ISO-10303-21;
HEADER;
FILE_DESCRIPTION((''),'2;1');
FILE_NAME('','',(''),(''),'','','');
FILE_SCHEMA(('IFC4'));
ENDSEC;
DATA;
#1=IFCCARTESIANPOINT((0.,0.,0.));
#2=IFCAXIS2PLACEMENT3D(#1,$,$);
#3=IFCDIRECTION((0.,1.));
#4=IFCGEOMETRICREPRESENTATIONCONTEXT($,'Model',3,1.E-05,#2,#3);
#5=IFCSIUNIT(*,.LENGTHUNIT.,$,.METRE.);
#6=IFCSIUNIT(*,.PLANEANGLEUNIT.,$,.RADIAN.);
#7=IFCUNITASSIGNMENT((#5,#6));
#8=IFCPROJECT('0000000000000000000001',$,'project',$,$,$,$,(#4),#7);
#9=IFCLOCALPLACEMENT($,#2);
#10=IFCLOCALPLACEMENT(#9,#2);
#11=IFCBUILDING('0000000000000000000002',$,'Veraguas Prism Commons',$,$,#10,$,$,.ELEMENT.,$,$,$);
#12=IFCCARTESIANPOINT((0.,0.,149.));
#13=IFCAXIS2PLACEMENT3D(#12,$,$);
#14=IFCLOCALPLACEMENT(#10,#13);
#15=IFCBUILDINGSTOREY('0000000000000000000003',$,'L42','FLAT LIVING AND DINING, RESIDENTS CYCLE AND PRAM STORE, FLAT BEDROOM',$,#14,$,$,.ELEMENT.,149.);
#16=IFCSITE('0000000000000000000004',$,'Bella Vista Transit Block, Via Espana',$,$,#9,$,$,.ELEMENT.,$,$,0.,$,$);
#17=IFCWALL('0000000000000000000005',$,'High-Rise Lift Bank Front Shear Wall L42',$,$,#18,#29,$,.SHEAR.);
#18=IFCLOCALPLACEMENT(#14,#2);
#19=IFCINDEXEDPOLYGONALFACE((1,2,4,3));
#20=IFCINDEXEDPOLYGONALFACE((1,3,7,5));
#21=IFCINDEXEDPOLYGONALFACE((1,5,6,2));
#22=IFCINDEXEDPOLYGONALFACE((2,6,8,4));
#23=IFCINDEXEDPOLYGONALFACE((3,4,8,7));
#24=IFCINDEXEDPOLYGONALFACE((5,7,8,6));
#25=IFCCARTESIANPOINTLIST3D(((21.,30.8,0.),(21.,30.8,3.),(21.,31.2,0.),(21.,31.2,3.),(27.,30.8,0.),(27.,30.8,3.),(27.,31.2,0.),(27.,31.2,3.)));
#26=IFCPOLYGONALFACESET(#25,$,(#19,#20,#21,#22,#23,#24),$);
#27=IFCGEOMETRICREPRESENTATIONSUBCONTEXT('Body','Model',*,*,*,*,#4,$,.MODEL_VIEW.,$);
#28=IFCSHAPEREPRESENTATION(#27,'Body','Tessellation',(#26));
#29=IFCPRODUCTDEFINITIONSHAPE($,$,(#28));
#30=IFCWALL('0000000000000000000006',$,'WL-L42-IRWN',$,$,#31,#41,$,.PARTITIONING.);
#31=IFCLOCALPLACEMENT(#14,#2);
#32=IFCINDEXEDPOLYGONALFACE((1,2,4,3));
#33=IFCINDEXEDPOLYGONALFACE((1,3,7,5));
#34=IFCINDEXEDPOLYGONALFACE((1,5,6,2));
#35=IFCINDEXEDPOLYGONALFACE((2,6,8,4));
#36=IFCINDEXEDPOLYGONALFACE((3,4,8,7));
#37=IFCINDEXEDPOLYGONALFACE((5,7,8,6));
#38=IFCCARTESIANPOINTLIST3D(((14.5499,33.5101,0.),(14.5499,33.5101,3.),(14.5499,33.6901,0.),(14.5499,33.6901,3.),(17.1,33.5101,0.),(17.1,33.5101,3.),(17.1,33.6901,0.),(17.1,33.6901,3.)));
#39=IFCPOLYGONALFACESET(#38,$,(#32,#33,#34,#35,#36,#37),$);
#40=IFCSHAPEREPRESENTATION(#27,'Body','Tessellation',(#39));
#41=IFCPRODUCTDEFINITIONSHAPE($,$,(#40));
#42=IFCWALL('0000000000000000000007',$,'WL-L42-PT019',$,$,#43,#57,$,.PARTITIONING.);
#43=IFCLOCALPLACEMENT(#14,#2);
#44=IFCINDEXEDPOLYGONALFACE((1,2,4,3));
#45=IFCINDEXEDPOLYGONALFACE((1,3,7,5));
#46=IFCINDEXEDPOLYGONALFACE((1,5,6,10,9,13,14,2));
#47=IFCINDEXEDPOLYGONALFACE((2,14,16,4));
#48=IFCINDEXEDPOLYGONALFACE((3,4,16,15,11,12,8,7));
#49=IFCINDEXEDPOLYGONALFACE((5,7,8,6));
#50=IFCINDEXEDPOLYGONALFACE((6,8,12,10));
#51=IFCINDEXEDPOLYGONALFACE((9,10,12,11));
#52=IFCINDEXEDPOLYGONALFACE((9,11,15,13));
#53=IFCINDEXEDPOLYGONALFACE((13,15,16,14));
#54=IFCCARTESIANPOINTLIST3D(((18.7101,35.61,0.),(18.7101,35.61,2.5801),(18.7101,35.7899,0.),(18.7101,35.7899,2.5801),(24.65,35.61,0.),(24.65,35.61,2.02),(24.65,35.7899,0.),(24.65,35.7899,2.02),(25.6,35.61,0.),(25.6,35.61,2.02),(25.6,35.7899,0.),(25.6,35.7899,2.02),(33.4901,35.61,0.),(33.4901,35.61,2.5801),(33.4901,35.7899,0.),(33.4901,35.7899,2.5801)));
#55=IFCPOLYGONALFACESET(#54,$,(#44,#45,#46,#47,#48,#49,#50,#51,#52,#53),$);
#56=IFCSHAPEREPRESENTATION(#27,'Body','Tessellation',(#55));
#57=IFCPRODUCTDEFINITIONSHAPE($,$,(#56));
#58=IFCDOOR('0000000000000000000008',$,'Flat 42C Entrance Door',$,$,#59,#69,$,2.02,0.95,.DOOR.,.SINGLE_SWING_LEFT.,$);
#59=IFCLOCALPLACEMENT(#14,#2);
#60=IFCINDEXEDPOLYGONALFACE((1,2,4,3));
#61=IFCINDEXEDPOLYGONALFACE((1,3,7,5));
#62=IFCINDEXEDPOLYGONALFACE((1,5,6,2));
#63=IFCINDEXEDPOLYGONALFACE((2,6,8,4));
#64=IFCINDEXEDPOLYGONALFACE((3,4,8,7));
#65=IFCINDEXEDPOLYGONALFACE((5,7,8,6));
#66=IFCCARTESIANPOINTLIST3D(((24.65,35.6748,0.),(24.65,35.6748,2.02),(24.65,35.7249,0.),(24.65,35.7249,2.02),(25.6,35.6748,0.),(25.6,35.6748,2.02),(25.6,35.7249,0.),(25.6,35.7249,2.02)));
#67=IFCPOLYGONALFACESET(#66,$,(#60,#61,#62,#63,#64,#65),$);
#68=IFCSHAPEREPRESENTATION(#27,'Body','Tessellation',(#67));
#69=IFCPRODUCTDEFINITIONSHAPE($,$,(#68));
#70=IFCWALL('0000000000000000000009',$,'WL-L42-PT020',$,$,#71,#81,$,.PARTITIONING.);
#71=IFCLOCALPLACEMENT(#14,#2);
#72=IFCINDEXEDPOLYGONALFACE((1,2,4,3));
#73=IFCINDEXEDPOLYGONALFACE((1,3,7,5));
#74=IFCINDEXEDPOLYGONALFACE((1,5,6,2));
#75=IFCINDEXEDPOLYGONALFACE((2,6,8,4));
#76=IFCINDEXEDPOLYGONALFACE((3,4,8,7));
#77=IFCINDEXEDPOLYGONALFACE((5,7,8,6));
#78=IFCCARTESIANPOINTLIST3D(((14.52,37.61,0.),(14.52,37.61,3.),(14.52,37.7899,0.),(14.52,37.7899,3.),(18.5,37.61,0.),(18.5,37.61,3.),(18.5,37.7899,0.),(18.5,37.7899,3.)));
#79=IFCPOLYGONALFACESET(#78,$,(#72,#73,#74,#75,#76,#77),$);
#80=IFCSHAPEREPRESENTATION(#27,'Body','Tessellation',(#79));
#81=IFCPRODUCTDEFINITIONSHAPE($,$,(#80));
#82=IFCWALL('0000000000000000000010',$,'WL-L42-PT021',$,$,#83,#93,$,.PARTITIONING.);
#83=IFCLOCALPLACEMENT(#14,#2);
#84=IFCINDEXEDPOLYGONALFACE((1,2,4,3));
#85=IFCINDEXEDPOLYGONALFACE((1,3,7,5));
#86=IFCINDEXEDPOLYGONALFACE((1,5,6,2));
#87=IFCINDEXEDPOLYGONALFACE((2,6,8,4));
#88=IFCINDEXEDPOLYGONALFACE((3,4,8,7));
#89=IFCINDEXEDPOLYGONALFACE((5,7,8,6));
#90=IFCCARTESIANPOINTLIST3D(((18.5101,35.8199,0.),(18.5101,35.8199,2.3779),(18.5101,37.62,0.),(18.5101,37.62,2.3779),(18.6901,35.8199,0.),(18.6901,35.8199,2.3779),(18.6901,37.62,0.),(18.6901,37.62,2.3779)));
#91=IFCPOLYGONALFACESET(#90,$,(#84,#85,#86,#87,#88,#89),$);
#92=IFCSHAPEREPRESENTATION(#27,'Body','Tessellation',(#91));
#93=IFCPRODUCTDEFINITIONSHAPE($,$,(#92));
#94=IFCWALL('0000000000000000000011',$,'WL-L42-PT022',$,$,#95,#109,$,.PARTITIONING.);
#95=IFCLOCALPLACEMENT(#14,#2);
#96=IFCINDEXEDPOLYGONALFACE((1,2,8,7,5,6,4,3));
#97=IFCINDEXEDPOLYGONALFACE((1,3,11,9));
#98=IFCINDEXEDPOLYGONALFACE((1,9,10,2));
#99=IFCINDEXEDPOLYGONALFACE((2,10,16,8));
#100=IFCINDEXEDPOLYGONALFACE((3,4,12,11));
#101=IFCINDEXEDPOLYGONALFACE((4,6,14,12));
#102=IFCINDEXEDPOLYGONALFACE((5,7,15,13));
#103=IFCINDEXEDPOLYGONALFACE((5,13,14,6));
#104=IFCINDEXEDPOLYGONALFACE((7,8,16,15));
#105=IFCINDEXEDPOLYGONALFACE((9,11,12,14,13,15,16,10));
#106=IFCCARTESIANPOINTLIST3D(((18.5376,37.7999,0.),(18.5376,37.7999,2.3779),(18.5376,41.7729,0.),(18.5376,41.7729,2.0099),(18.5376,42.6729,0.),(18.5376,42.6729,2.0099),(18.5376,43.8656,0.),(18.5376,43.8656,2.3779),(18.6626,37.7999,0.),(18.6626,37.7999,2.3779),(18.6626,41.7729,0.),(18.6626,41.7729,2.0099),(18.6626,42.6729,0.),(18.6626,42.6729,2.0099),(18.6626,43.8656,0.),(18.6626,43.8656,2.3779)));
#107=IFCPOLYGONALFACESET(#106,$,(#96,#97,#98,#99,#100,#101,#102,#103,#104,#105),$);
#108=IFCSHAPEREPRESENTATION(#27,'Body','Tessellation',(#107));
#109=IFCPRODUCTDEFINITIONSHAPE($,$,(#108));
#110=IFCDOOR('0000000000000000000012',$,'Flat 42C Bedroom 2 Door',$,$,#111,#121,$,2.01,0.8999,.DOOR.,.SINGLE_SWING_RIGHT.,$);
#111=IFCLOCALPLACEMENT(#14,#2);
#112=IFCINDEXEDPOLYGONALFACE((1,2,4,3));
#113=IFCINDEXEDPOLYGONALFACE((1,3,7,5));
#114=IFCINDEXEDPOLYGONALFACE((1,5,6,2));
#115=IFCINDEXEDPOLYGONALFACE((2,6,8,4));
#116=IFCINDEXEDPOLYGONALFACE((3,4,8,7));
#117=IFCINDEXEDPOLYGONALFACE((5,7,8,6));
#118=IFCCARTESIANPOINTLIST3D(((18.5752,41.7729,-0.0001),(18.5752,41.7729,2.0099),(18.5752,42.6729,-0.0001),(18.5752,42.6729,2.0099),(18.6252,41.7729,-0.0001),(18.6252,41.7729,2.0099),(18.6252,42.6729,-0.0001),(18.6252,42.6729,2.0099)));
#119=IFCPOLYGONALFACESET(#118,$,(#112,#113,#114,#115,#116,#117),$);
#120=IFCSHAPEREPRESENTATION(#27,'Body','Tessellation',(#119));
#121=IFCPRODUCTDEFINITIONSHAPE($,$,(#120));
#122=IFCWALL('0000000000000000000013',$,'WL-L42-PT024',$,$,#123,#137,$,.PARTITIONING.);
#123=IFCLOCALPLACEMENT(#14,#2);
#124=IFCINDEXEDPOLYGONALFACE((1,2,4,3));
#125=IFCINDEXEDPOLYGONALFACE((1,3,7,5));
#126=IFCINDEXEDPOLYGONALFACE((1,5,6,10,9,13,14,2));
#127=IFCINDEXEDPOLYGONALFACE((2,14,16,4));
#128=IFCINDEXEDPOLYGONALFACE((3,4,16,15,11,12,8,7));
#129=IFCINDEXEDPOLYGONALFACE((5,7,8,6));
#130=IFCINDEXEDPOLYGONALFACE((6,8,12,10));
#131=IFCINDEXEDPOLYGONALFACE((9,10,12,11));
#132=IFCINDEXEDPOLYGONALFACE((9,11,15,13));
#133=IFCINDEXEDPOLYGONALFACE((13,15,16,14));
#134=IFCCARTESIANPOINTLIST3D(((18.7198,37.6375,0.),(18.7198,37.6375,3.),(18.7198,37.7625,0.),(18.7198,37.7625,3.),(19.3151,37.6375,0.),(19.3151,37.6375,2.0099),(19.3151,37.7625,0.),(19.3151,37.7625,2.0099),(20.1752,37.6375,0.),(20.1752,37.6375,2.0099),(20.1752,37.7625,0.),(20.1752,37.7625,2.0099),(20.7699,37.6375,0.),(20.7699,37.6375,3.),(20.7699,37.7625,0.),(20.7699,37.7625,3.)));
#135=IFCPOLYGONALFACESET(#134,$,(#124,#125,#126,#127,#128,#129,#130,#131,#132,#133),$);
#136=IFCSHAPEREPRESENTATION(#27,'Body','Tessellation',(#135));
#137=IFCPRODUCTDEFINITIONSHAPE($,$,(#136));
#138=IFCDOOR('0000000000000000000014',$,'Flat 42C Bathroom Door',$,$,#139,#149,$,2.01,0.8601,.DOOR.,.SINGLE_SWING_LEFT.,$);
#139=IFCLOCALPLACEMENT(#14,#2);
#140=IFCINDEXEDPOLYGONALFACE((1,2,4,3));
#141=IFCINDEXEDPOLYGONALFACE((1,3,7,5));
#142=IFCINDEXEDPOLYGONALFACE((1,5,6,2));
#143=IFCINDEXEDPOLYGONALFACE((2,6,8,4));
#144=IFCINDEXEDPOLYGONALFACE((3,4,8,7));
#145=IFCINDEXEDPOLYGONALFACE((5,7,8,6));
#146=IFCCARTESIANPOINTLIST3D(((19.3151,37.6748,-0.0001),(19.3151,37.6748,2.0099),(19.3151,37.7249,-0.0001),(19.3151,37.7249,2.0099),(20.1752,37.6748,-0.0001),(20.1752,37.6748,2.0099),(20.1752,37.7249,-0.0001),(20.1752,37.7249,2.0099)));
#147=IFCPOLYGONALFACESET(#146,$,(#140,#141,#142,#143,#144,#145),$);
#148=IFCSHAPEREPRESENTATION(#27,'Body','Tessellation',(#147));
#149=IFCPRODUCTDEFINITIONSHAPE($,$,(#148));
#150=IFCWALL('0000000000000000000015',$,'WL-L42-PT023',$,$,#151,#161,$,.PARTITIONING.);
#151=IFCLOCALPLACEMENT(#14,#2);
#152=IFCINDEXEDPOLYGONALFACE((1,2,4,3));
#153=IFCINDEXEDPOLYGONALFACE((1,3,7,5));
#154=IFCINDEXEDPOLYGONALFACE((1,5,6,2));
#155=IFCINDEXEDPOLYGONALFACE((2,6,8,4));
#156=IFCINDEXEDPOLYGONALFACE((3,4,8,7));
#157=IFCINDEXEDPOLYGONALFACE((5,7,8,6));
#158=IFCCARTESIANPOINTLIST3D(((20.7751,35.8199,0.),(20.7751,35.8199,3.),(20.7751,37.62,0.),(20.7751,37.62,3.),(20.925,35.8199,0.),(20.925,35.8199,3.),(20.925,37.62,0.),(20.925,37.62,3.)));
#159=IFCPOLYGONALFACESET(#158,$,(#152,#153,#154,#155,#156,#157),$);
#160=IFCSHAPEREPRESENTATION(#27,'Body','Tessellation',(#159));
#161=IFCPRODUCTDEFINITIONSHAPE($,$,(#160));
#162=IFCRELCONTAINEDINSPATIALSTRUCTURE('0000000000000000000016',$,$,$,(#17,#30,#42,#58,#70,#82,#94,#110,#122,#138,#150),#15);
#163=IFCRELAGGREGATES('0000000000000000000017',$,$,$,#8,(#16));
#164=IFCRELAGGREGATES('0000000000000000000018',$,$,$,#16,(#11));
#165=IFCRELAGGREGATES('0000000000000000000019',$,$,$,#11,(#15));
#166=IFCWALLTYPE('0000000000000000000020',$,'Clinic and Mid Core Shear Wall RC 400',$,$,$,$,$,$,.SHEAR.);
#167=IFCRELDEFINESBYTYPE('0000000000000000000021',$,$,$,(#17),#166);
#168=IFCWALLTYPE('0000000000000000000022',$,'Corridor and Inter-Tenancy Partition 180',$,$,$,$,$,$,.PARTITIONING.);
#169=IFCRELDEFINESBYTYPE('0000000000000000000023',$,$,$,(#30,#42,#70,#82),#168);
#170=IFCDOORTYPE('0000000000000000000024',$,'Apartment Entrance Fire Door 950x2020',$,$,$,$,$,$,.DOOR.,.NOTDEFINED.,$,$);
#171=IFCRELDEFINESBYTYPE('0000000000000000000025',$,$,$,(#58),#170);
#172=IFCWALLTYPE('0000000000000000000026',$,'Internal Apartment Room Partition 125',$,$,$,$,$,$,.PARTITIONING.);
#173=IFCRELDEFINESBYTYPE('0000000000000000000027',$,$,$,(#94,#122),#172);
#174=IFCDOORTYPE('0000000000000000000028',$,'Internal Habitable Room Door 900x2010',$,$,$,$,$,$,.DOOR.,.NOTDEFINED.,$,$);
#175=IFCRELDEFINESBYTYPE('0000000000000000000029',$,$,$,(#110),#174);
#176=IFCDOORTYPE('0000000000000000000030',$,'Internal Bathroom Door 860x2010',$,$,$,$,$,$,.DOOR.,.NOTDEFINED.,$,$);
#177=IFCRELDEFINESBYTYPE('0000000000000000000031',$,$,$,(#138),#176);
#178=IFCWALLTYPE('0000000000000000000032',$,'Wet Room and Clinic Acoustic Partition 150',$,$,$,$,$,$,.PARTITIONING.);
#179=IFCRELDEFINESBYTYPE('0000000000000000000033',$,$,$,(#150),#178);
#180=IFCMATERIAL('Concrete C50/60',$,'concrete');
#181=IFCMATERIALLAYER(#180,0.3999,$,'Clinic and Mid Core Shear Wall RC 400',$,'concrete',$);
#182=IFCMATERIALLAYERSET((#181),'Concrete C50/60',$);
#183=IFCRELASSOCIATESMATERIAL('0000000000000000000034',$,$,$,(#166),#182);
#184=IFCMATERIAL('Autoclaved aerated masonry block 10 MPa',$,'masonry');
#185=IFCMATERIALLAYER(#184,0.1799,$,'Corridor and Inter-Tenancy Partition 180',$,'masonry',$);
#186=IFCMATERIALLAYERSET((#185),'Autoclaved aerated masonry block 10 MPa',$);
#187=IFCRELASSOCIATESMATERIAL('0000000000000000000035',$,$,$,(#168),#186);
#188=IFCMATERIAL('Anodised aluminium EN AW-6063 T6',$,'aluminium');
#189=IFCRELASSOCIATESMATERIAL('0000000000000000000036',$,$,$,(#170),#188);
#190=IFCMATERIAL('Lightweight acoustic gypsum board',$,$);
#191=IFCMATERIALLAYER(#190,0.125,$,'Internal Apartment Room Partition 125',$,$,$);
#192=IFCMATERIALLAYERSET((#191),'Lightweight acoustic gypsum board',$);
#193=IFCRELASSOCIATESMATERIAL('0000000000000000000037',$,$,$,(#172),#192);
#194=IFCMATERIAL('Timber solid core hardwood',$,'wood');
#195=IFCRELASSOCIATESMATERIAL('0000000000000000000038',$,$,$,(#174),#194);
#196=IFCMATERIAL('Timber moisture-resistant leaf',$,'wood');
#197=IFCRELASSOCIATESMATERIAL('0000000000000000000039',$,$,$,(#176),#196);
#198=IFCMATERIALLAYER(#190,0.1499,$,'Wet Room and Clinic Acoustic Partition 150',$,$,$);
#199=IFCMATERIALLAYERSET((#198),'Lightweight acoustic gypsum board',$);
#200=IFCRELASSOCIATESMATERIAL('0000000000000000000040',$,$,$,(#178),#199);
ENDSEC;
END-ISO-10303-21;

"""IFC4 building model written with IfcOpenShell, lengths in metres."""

from ifc_helpers import new_model, si_unit, direction, frame, frame_2d, origin, place, context, subcontext, project, spatial, rectangle, extrude, source, transform, mapped, material, layer, layer_set, type_object, element, fill, save


model = new_model("IFC4")

# Units and contexts
model_context = context("Model", 3, precision=1e-05, world=origin(), true_north=direction((0.0, 1.0)))
body_context = subcontext(model_context, "Body", "Model", "MODEL_VIEW")
ifc_project = project(units=[si_unit("LENGTHUNIT", "METRE"), si_unit("PLANEANGLEUNIT", "RADIAN")], contexts=[model_context])

# Site, building, storey
site_placement = place(None, origin())
site = spatial("IfcSite", under=ifc_project, at=site_placement, Name="Bella Vista Transit Block, Via Espana", CompositionType="ELEMENT", RefElevation=0.0)
building_placement = place(site_placement, origin())
building = spatial("IfcBuilding", under=site, at=building_placement, Name="Veraguas Prism Commons", CompositionType="ELEMENT")
storey_placement = place(building_placement, frame((0.0, 0.0, 149.0)))
storey = spatial("IfcBuildingStorey", under=building, at=storey_placement, Name="L42", Description="FLAT LIVING AND DINING, RESIDENTS CYCLE AND PRAM STORE, FLAT BEDROOM", CompositionType="ELEMENT", Elevation=149.0)

# Shared definitions
ifc_material_1 = material(Name="Concrete C50/60", Category="concrete")

# Shared definitions
ifc_material_2 = material(Name="Anodised aluminium EN AW-6063 T6", Category="aluminium")

# Walls
ifc_layer_1 = layer(ifc_material_1, 0.3999, Name="Clinic and Mid Core Shear Wall RC 400", Category="concrete")
ifc_layer_set_1 = layer_set([ifc_layer_1], Name="Concrete C50/60")
wall_type_1 = type_object("IfcWallType", Name="Clinic and Mid Core Shear Wall RC 400", PredefinedType="SHEAR", material=ifc_layer_set_1)
wall_1_placement = place(storey_placement, frame((21.0, 31.0, 0.0), z_axis=(0.0, 0.0, 1.0), x_axis=(1.0, 0.0, 0.0)))
element("IfcWall", 1, at=wall_1_placement, inside=storey, type_object=wall_type_1, Name="High-Rise Lift Bank Front Shear Wall L42", PredefinedType="SHEAR", context=body_context, shape_type="SweptSolid", body=[
    extrude(rectangle(XDim=6.0, YDim=0.3999, at=frame_2d((3.0, 0.0))), origin(), (0.0, 0.0, 1.0), 3.0),
])
ifc_material_3 = material(Name="Autoclaved aerated masonry block 10 MPa", Category="masonry")
ifc_layer_2 = layer(ifc_material_3, 0.1799, Name="Corridor and Inter-Tenancy Partition 180", Category="masonry")
ifc_layer_set_2 = layer_set([ifc_layer_2], Name="Autoclaved aerated masonry block 10 MPa")
wall_type_2 = type_object("IfcWallType", Name="Corridor and Inter-Tenancy Partition 180", PredefinedType="PARTITIONING", material=ifc_layer_set_2)
wall_2_placement = place(storey_placement, frame((14.55, 33.6001, 0.0), z_axis=(0.0, 0.0, 1.0), x_axis=(1.0, 0.0, 0.0)))
element("IfcWall", 2, at=wall_2_placement, inside=storey, type_object=wall_type_2, Name="WL-L42-IRWN", PredefinedType="PARTITIONING", context=body_context, shape_type="SweptSolid", body=[
    extrude(rectangle(XDim=2.55, YDim=0.1799, at=frame_2d((1.2749, 0.0))), origin(), (0.0, 0.0, 1.0), 3.0),
])

# Wall, opening, door
wall_3_placement = place(storey_placement, frame((18.71, 35.7, 0.0), z_axis=(0.0, 0.0, 1.0), x_axis=(1.0, 0.0, 0.0)))
wall_3 = element("IfcWall", 3, at=wall_3_placement, inside=storey, type_object=wall_type_2, Name="WL-L42-PT019", PredefinedType="PARTITIONING", context=body_context, shape_type="SweptSolid", body=[
    extrude(rectangle(XDim=14.78, YDim=0.1799, at=frame_2d((7.3901, 0.0))), origin(), (0.0, 0.0, 1.0), 2.5801),
])
opening_1_placement = place(wall_3_placement, frame((5.9399, 0.0, 0.0)))
opening_1 = element("IfcOpeningElement", 4, at=opening_1_placement, cuts=wall_3, PredefinedType="OPENING", context=body_context, shape_type="SweptSolid", body=[
    extrude(rectangle(XDim=0.95, YDim=2.02, at=frame_2d((0.4751, 1.01))), frame((0.0, 0.0999, 0.0), z_axis=(0.0, -1.0, 0.0), x_axis=(1.0, 0.0, 0.0)), (0.0, 0.0, 1.0), 0.2),
])
door_type_1 = type_object("IfcDoorType", Name="Apartment Entrance Fire Door 950x2020", OperationType="NOTDEFINED", PredefinedType="DOOR", material=ifc_material_2)
shared_shape_1 = source(origin(), body_context, "Body", "SweptSolid", [
    extrude(rectangle(XDim=0.95, YDim=2.02, at=frame_2d((0.4751, 1.01))), frame((0.0, 0.0249, 0.0), z_axis=(0.0, -1.0, 0.0), x_axis=(1.0, 0.0, 0.0)), (0.0, 0.0, 1.0), 0.05),
])
door_1_placement = place(opening_1_placement, origin())
door_1 = element("IfcDoor", 5, at=door_1_placement, inside=storey, type_object=door_type_1, Name="Flat 42C Entrance Door", OperationType="SINGLE_SWING_LEFT", OverallHeight=2.02, OverallWidth=0.95, PredefinedType="DOOR", context=body_context, shape_type="MappedRepresentation", body=[
    mapped(shared_shape_1, transform((0.0, 0.0, 0.0), scale=1.0)),
])
fill(opening_1, door_1)

# Walls
wall_4_placement = place(storey_placement, frame((14.52, 37.7, 0.0), z_axis=(0.0, 0.0, 1.0), x_axis=(1.0, 0.0, 0.0)))
element("IfcWall", 6, at=wall_4_placement, inside=storey, type_object=wall_type_2, Name="WL-L42-PT020", PredefinedType="PARTITIONING", context=body_context, shape_type="SweptSolid", body=[
    extrude(rectangle(XDim=3.98, YDim=0.1799, at=frame_2d((1.99, 0.0))), origin(), (0.0, 0.0, 1.0), 3.0),
])
wall_5_placement = place(storey_placement, frame((18.6001, 35.8201, 0.0), z_axis=(0.0, 0.0, 1.0), x_axis=(0.0, 1.0, 0.0)))
element("IfcWall", 7, at=wall_5_placement, inside=storey, type_object=wall_type_2, Name="WL-L42-PT021", PredefinedType="PARTITIONING", context=body_context, shape_type="SweptSolid", body=[
    extrude(rectangle(XDim=1.8, YDim=0.1799, at=frame_2d((0.8999, 0.0))), origin(), (0.0, 0.0, 1.0), 2.3779),
])

# Walls, openings, doors
ifc_material_4 = material(Name="Lightweight acoustic gypsum board")
ifc_layer_3 = layer(ifc_material_4, 0.125, Name="Internal Apartment Room Partition 125")
ifc_layer_set_3 = layer_set([ifc_layer_3], Name="Lightweight acoustic gypsum board")
wall_type_3 = type_object("IfcWallType", Name="Internal Apartment Room Partition 125", PredefinedType="PARTITIONING", material=ifc_layer_set_3)
wall_6_placement = place(storey_placement, frame((18.6001, 37.8, 0.0), z_axis=(0.0, 0.0, 1.0), x_axis=(0.0, 1.0, 0.0)))
wall_6 = element("IfcWall", 8, at=wall_6_placement, inside=storey, type_object=wall_type_3, Name="WL-L42-PT022", PredefinedType="PARTITIONING", context=body_context, shape_type="SweptSolid", body=[
    extrude(rectangle(XDim=6.0657, YDim=0.125, at=frame_2d((3.0327, 0.0))), origin(), (0.0, 0.0, 1.0), 2.3779),
])
opening_2_placement = place(wall_6_placement, frame((3.9729, 0.0, 0.0)))
opening_2 = element("IfcOpeningElement", 9, at=opening_2_placement, cuts=wall_6, PredefinedType="OPENING", context=body_context, shape_type="SweptSolid", body=[
    extrude(rectangle(XDim=0.8999, YDim=2.01, at=frame_2d((0.45, 1.0049))), frame((0.0, 0.0725, 0.0), z_axis=(0.0, -1.0, 0.0), x_axis=(1.0, 0.0, 0.0)), (0.0, 0.0, 1.0), 0.145),
])
ifc_material_5 = material(Name="Timber solid core hardwood", Category="wood")
door_type_2 = type_object("IfcDoorType", Name="Internal Habitable Room Door 900x2010", OperationType="NOTDEFINED", PredefinedType="DOOR", material=ifc_material_5)
shared_shape_2 = source(origin(), body_context, "Body", "SweptSolid", [
    extrude(rectangle(XDim=0.8999, YDim=2.01, at=frame_2d((0.45, 1.0049))), frame((0.0, 0.0249, 0.0), z_axis=(0.0, -1.0, 0.0), x_axis=(1.0, 0.0, 0.0)), (0.0, 0.0, 1.0), 0.05),
])
door_2_placement = place(opening_2_placement, origin())
door_2 = element("IfcDoor", 10, at=door_2_placement, inside=storey, type_object=door_type_2, Name="Flat 42C Bedroom 2 Door", OperationType="SINGLE_SWING_RIGHT", OverallHeight=2.01, OverallWidth=0.8999, PredefinedType="DOOR", context=body_context, shape_type="MappedRepresentation", body=[
    mapped(shared_shape_2, transform((0.0, 0.0, 0.0), scale=1.0)),
])
fill(opening_2, door_2)
wall_7_placement = place(storey_placement, frame((18.72, 37.7, 0.0), z_axis=(0.0, 0.0, 1.0), x_axis=(1.0, 0.0, 0.0)))
wall_7 = element("IfcWall", 11, at=wall_7_placement, inside=storey, type_object=wall_type_3, Name="WL-L42-PT024", PredefinedType="PARTITIONING", context=body_context, shape_type="SweptSolid", body=[
    extrude(rectangle(XDim=2.05, YDim=0.125, at=frame_2d((1.0249, 0.0))), origin(), (0.0, 0.0, 1.0), 3.0),
])
opening_3_placement = place(wall_7_placement, frame((0.595, 0.0, 0.0)))
opening_3 = element("IfcOpeningElement", 12, at=opening_3_placement, cuts=wall_7, PredefinedType="OPENING", context=body_context, shape_type="SweptSolid", body=[
    extrude(rectangle(XDim=0.8601, YDim=2.01, at=frame_2d((0.4302, 1.0049))), frame((0.0, 0.0725, 0.0), z_axis=(0.0, -1.0, 0.0), x_axis=(1.0, 0.0, 0.0)), (0.0, 0.0, 1.0), 0.145),
])
ifc_material_6 = material(Name="Timber moisture-resistant leaf", Category="wood")
door_type_3 = type_object("IfcDoorType", Name="Internal Bathroom Door 860x2010", OperationType="NOTDEFINED", PredefinedType="DOOR", material=ifc_material_6)
shared_shape_3 = source(origin(), body_context, "Body", "SweptSolid", [
    extrude(rectangle(XDim=0.8601, YDim=2.01, at=frame_2d((0.4302, 1.0049))), frame((0.0, 0.0249, 0.0), z_axis=(0.0, -1.0, 0.0), x_axis=(1.0, 0.0, 0.0)), (0.0, 0.0, 1.0), 0.05),
])
door_3_placement = place(opening_3_placement, origin())
door_3 = element("IfcDoor", 13, at=door_3_placement, inside=storey, type_object=door_type_3, Name="Flat 42C Bathroom Door", OperationType="SINGLE_SWING_LEFT", OverallHeight=2.01, OverallWidth=0.8601, PredefinedType="DOOR", context=body_context, shape_type="MappedRepresentation", body=[
    mapped(shared_shape_3, transform((0.0, 0.0, 0.0), scale=1.0)),
])
fill(opening_3, door_3)

# Wall
ifc_layer_4 = layer(ifc_material_4, 0.1499, Name="Wet Room and Clinic Acoustic Partition 150")
ifc_layer_set_4 = layer_set([ifc_layer_4], Name="Lightweight acoustic gypsum board")
wall_type_4 = type_object("IfcWallType", Name="Wet Room and Clinic Acoustic Partition 150", PredefinedType="PARTITIONING", material=ifc_layer_set_4)
wall_8_placement = place(storey_placement, frame((20.8501, 35.8201, 0.0), z_axis=(0.0, 0.0, 1.0), x_axis=(0.0, 1.0, 0.0)))
element("IfcWall", 14, at=wall_8_placement, inside=storey, type_object=wall_type_4, Name="WL-L42-PT023", PredefinedType="PARTITIONING", context=body_context, shape_type="SweptSolid", body=[
    extrude(rectangle(XDim=1.8, YDim=0.1499, at=frame_2d((0.8999, 0.0))), origin(), (0.0, 0.0, 1.0), 3.0),
])

save(model, "model.ifc")
